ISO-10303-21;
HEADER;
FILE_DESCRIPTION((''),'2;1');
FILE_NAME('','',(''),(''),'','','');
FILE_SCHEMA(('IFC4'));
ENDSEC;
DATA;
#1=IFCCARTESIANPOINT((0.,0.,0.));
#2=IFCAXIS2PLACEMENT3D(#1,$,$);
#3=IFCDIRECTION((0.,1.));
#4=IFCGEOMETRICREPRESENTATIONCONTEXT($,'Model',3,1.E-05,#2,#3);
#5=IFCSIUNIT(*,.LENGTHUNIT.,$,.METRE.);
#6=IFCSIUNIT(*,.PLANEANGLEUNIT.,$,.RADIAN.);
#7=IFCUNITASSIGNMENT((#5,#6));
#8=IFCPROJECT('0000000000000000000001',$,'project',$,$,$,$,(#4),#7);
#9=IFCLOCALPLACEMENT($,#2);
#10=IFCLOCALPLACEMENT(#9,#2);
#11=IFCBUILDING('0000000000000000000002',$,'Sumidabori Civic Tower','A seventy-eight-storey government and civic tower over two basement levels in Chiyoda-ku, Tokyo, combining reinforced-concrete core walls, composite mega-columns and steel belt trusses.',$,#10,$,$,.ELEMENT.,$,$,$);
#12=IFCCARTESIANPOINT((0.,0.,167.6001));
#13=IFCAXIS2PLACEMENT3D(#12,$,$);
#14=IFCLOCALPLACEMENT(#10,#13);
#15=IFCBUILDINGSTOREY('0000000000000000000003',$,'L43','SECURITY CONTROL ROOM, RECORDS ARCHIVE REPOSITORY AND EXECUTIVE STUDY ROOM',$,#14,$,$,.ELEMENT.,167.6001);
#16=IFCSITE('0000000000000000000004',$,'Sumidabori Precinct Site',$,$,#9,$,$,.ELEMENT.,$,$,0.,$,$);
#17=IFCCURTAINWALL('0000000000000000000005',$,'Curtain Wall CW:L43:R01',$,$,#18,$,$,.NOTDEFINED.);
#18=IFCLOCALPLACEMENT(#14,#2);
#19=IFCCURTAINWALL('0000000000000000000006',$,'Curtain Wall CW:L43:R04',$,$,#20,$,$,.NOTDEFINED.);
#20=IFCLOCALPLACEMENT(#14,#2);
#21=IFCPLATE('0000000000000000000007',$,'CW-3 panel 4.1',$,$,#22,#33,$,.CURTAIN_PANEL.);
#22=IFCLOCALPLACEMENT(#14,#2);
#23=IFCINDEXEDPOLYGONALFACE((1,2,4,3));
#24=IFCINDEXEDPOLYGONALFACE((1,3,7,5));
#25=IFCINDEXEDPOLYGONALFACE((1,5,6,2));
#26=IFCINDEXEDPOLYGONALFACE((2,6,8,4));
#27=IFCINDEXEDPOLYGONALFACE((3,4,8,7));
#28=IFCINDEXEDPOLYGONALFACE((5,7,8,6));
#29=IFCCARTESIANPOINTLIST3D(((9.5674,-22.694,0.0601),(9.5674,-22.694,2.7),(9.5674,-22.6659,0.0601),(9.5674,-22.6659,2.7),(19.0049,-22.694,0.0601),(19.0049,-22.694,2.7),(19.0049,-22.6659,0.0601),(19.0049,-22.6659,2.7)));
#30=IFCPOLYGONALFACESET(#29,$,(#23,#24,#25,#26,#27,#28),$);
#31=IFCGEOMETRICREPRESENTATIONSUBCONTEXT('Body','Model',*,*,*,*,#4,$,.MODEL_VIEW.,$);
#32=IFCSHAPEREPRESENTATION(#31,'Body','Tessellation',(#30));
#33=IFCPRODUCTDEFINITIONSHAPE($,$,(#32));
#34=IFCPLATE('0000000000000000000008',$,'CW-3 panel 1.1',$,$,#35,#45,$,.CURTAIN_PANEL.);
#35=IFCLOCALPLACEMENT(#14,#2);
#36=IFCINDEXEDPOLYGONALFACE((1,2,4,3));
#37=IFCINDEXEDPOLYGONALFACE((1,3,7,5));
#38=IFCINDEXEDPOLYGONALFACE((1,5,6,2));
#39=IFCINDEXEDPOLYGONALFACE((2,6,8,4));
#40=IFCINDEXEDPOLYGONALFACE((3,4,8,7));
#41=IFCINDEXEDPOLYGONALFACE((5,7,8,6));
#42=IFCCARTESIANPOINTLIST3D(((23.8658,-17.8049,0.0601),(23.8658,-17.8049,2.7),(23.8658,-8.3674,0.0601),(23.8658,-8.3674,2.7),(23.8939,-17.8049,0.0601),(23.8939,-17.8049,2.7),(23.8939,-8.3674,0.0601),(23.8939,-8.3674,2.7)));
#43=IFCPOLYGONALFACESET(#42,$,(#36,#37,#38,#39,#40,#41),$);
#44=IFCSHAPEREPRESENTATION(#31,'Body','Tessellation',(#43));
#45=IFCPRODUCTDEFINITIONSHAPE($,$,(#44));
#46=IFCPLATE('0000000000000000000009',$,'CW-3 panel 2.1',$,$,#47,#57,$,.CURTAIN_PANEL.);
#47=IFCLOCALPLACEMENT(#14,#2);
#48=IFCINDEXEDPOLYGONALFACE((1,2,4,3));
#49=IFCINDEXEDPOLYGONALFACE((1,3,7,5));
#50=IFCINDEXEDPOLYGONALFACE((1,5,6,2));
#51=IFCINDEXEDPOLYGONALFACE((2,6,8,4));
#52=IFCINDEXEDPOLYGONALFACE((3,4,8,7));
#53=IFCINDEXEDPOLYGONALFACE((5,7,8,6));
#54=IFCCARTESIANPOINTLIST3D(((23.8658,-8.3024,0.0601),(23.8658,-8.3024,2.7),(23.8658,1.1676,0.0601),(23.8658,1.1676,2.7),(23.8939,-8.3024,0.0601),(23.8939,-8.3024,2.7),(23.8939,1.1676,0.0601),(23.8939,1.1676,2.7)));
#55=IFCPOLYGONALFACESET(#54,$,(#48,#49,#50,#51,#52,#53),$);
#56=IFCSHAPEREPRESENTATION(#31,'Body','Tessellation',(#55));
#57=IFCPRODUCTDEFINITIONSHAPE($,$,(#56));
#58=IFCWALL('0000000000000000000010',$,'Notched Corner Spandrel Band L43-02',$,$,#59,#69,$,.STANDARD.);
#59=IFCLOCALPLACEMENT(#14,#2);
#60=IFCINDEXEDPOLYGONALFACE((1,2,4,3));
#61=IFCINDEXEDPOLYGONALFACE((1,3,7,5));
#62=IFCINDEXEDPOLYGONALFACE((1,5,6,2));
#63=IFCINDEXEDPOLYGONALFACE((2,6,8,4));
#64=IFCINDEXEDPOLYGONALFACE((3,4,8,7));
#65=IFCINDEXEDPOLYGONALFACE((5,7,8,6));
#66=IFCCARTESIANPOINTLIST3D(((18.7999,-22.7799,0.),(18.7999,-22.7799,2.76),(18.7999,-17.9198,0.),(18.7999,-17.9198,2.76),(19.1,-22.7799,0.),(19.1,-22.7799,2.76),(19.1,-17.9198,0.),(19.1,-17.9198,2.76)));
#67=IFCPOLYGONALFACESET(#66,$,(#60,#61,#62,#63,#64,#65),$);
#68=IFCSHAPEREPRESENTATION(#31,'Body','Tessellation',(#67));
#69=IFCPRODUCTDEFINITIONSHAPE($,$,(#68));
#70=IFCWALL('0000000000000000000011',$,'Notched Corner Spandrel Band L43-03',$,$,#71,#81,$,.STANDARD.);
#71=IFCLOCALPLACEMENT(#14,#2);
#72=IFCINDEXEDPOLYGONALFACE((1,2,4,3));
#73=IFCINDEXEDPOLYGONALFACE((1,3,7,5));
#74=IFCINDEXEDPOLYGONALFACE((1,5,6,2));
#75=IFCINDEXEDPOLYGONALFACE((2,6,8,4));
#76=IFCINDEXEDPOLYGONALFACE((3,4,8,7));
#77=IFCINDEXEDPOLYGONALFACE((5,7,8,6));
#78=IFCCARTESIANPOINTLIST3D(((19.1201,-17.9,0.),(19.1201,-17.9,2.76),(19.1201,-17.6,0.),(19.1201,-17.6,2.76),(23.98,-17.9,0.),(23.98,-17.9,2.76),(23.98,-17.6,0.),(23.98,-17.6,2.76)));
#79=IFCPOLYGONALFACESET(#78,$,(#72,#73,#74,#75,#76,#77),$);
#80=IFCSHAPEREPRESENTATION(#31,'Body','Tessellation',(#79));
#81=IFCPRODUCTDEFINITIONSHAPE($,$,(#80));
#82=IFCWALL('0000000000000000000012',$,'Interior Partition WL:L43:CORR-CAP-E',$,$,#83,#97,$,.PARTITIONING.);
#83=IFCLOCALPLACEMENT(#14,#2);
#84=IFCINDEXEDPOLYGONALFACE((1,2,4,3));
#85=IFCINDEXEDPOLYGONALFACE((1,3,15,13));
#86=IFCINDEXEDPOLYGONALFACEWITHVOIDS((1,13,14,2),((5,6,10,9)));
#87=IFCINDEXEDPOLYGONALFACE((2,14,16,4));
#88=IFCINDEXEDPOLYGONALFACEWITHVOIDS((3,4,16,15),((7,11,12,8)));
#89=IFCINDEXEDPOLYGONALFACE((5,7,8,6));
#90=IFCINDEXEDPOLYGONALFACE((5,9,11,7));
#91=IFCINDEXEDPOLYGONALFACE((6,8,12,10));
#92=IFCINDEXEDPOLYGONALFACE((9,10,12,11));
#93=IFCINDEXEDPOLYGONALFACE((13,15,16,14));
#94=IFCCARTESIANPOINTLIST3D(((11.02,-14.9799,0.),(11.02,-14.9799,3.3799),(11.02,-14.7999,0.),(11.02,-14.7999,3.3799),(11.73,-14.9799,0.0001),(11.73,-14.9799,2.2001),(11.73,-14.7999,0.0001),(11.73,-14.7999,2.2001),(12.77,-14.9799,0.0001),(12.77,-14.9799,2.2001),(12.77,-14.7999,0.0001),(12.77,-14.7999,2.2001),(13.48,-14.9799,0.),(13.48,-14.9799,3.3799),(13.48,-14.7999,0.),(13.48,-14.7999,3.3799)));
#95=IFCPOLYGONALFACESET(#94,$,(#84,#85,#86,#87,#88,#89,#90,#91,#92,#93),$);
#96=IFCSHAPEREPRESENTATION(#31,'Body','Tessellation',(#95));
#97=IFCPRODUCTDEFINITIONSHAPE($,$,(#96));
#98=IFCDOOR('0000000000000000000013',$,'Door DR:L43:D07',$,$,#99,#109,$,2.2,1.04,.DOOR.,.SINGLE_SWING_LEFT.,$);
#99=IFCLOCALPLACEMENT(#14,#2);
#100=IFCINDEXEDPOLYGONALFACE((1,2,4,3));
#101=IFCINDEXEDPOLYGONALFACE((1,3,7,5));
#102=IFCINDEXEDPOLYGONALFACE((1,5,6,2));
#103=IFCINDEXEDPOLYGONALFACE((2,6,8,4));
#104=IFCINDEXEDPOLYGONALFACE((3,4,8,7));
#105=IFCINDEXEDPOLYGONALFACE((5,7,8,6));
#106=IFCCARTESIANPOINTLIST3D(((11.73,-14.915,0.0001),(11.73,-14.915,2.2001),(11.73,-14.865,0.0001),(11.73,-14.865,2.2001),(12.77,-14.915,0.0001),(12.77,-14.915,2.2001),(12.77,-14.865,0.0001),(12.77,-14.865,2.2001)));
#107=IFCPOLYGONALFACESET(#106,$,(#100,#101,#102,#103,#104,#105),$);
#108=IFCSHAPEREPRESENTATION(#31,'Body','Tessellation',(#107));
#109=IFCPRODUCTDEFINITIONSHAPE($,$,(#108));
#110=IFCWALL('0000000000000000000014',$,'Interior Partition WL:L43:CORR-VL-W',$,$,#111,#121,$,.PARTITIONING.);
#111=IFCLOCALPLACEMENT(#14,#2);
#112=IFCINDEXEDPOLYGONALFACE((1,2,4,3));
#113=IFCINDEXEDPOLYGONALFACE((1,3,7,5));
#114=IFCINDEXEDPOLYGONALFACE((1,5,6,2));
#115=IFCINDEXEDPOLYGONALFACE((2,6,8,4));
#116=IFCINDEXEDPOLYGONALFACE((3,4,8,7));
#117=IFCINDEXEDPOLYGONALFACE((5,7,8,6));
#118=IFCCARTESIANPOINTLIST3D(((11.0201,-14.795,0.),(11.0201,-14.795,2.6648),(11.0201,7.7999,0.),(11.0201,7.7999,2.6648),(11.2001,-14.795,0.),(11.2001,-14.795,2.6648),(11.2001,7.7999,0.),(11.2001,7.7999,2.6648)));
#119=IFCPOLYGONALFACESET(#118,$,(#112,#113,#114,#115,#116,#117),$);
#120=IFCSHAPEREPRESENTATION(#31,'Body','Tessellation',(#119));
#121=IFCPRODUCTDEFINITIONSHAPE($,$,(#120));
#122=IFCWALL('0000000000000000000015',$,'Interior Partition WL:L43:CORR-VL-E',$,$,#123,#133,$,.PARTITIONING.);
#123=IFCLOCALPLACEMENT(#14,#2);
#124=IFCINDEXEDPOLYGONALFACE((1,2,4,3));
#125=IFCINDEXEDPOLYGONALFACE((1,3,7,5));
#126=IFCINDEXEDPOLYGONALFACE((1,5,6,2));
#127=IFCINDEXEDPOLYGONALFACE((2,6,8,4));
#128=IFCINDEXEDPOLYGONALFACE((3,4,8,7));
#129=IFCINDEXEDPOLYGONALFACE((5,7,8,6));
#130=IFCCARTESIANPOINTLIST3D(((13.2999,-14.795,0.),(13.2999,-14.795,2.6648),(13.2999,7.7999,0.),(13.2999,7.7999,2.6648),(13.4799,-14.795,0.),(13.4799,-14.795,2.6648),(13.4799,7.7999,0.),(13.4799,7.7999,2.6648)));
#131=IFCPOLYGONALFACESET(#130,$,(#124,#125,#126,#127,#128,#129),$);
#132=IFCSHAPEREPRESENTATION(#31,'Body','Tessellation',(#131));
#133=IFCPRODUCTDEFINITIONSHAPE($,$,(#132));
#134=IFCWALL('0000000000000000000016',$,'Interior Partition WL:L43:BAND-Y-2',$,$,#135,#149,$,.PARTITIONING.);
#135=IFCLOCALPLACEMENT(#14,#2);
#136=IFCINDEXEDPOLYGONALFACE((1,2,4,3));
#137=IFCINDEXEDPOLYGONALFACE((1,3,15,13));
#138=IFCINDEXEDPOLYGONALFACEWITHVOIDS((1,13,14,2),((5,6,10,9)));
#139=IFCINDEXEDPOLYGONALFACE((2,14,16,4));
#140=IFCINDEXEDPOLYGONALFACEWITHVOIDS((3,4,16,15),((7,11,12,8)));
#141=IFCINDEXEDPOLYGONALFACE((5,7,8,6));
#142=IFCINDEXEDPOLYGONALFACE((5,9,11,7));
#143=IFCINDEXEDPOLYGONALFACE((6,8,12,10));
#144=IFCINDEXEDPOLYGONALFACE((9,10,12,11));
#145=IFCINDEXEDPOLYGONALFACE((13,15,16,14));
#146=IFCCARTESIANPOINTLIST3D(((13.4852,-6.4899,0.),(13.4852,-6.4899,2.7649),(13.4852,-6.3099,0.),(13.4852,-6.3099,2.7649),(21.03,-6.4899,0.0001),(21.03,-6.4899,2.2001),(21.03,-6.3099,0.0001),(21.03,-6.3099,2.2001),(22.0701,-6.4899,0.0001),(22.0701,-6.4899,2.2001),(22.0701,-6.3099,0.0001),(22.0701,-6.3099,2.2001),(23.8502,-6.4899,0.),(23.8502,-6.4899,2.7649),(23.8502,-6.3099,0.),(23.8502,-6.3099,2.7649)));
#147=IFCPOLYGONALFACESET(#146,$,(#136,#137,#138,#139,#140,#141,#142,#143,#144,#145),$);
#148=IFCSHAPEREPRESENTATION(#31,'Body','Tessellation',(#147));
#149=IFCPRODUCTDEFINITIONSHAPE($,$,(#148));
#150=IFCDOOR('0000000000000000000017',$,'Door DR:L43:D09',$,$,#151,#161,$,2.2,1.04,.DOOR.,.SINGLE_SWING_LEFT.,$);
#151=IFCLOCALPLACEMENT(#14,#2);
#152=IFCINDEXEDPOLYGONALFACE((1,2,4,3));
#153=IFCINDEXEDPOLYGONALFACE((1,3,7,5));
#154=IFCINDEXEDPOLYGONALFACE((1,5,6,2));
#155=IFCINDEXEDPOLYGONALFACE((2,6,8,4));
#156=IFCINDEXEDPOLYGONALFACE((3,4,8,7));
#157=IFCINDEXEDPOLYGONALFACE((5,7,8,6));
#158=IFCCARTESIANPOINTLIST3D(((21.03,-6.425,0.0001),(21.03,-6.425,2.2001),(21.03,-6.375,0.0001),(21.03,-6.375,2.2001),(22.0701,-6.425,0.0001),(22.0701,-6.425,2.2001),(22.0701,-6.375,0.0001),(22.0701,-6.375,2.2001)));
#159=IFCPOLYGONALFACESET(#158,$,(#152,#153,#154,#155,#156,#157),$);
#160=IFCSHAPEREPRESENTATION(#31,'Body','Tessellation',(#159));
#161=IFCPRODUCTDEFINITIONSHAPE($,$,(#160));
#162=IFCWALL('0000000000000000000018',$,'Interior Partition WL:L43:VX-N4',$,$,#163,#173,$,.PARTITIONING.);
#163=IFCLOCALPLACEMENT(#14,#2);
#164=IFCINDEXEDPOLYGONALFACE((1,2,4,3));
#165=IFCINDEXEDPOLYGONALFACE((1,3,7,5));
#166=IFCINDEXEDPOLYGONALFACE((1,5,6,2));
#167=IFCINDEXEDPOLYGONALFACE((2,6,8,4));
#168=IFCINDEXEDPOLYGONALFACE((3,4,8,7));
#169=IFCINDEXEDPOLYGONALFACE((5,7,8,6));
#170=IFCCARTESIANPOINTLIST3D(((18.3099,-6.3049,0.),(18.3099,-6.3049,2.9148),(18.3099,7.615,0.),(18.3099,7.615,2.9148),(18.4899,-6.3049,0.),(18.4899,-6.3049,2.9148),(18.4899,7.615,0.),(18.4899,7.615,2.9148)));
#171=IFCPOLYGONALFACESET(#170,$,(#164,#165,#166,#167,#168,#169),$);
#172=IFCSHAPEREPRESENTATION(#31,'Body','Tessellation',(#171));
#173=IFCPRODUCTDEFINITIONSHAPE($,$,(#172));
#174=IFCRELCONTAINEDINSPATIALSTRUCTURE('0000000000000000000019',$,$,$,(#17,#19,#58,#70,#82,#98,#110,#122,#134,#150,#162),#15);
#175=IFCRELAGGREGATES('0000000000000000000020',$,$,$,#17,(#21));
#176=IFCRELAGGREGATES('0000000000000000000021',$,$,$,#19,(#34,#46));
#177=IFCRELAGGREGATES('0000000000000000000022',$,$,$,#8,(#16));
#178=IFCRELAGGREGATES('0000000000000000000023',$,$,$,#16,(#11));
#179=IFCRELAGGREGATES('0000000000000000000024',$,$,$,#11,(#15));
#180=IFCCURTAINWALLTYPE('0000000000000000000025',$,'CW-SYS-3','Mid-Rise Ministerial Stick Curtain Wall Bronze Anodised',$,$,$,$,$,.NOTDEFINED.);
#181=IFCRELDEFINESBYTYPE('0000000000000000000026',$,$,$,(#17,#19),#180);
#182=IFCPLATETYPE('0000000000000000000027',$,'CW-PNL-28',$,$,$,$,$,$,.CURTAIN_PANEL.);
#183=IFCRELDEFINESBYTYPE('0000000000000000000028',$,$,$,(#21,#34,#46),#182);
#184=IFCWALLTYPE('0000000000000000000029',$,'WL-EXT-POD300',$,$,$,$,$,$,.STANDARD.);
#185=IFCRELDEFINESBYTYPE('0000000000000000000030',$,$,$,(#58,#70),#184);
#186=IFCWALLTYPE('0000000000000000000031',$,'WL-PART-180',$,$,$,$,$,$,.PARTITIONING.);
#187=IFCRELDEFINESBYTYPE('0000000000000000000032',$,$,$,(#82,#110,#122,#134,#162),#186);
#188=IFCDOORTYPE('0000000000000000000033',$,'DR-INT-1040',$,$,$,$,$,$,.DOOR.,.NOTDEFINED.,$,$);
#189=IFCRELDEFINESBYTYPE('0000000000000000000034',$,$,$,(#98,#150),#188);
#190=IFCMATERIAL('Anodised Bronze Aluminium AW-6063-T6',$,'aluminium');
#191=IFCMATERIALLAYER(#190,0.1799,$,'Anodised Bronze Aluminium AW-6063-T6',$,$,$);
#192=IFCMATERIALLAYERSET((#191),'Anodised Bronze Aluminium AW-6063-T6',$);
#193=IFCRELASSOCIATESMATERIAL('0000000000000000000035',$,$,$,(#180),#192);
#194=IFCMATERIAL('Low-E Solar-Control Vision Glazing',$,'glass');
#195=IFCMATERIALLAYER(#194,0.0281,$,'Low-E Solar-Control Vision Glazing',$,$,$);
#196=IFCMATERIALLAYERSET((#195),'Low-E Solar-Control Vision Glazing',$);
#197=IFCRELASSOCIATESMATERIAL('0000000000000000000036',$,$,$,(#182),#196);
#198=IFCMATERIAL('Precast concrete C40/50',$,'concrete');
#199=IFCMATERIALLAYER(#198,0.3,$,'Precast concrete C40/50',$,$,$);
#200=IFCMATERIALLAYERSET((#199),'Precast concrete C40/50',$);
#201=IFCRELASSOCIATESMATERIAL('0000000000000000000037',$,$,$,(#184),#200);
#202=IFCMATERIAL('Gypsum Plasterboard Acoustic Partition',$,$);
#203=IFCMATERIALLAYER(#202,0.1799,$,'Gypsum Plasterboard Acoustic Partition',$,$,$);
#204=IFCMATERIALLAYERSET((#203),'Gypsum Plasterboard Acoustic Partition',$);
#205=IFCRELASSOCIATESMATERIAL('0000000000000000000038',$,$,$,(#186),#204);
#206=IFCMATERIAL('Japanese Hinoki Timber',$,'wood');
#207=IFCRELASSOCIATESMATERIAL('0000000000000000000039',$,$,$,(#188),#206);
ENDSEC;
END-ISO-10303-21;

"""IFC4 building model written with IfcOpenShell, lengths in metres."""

from ifc_helpers import new_model, si_unit, direction, frame, frame_2d, origin, origin_2d, place, context, subcontext, project, spatial, rectangle, extrude, source, transform, mapped, material, layer, layer_set, type_object, element, fill, aggregate, save


model = new_model("IFC4")

# Units and contexts
model_context = context("Model", 3, precision=1e-05, world=origin(), true_north=direction((0.0, 1.0)))
body_context = subcontext(model_context, "Body", "Model", "MODEL_VIEW")
ifc_project = project(units=[si_unit("LENGTHUNIT", "METRE"), si_unit("PLANEANGLEUNIT", "RADIAN")], contexts=[model_context])

# Site, building, storey
site_placement = place(None, origin())
site = spatial("IfcSite", under=ifc_project, at=site_placement, Name="Sumidabori Precinct Site", CompositionType="ELEMENT", RefElevation=0.0)
building_placement = place(site_placement, origin())
building = spatial("IfcBuilding", under=site, at=building_placement, Name="Sumidabori Civic Tower", Description="A seventy-eight-storey government and civic tower over two basement levels in Chiyoda-ku, Tokyo, combining reinforced-concrete core walls, composite mega-columns and steel belt trusses.", CompositionType="ELEMENT")
storey_placement = place(building_placement, frame((0.0, 0.0, 167.6001)))
storey = spatial("IfcBuildingStorey", under=building, at=storey_placement, Name="L43", Description="SECURITY CONTROL ROOM, RECORDS ARCHIVE REPOSITORY AND EXECUTIVE STUDY ROOM", CompositionType="ELEMENT", Elevation=167.6001)

# Curtain walls
ifc_material_1 = material(Name="Anodised Bronze Aluminium AW-6063-T6", Category="aluminium")
ifc_layer_1 = layer(ifc_material_1, 0.1799, Name="Anodised Bronze Aluminium AW-6063-T6")
ifc_layer_set_1 = layer_set([ifc_layer_1], Name="Anodised Bronze Aluminium AW-6063-T6")
curtain_wall_type = type_object("IfcCurtainWallType", Name="CW-SYS-3", Description="Mid-Rise Ministerial Stick Curtain Wall Bronze Anodised", PredefinedType="NOTDEFINED", material=ifc_layer_set_1)
curtain_wall_1_placement = place(storey_placement, origin())
curtain_wall_1 = element("IfcCurtainWall", 1, at=curtain_wall_1_placement, inside=storey, type_object=curtain_wall_type, Name="Curtain Wall CW:L43:R01", PredefinedType="NOTDEFINED")
curtain_wall_2_placement = place(storey_placement, origin())
curtain_wall_2 = element("IfcCurtainWall", 2, at=curtain_wall_2_placement, inside=storey, type_object=curtain_wall_type, Name="Curtain Wall CW:L43:R04", PredefinedType="NOTDEFINED")

# Plates
ifc_material_2 = material(Name="Low-E Solar-Control Vision Glazing", Category="glass")
ifc_layer_2 = layer(ifc_material_2, 0.0281, Name="Low-E Solar-Control Vision Glazing")
ifc_layer_set_2 = layer_set([ifc_layer_2], Name="Low-E Solar-Control Vision Glazing")
plate_type = type_object("IfcPlateType", Name="CW-PNL-28", PredefinedType="CURTAIN_PANEL", material=ifc_layer_set_2)
shared_shape_1 = source(origin(), body_context, "Body", "SweptSolid", [
    extrude(rectangle(XDim=9.4375, YDim=0.0281, at=origin_2d()), origin(), (0.0, 0.0, 1.0), 2.6399),
])
plate_1_placement = place(storey_placement, frame((14.2861, -22.6799, 0.0601), z_axis=(0.0, 0.0, 1.0), x_axis=(1.0, 0.0, 0.0)))
plate_1 = element("IfcPlate", 3, at=plate_1_placement, type_object=plate_type, Name="CW-3 panel 4.1", PredefinedType="CURTAIN_PANEL", context=body_context, shape_type="MappedRepresentation", body=[
    mapped(shared_shape_1, transform((0.0, 0.0, 0.0), x_axis=(1.0, 0.0, 0.0), y_axis=(0.0, 1.0, 0.0), z_axis=(0.0, 0.0, 1.0), scale=1.0)),
])
aggregate(curtain_wall_1, [plate_1])
plate_2_placement = place(storey_placement, frame((23.8799, -13.0862, 0.0601), z_axis=(0.0, 0.0, 1.0), x_axis=(0.0, 1.0, 0.0)))
plate_2 = element("IfcPlate", 4, at=plate_2_placement, type_object=plate_type, Name="CW-3 panel 1.1", PredefinedType="CURTAIN_PANEL", context=body_context, shape_type="MappedRepresentation", body=[
    mapped(shared_shape_1, transform((0.0, 0.0, 0.0), x_axis=(1.0, 0.0, 0.0), y_axis=(0.0, 1.0, 0.0), z_axis=(0.0, 0.0, 1.0), scale=1.0)),
])
shared_shape_2 = source(origin(), body_context, "Body", "SweptSolid", [
    extrude(rectangle(XDim=9.47, YDim=0.0281, at=origin_2d()), origin(), (0.0, 0.0, 1.0), 2.6399),
])
plate_3_placement = place(storey_placement, frame((23.8799, -3.5674, 0.0601), z_axis=(0.0, 0.0, 1.0), x_axis=(0.0, 1.0, 0.0)))
plate_3 = element("IfcPlate", 5, at=plate_3_placement, type_object=plate_type, Name="CW-3 panel 2.1", PredefinedType="CURTAIN_PANEL", context=body_context, shape_type="MappedRepresentation", body=[
    mapped(shared_shape_2, transform((0.0, 0.0, 0.0), x_axis=(1.0, 0.0, 0.0), y_axis=(0.0, 1.0, 0.0), z_axis=(0.0, 0.0, 1.0), scale=1.0)),
])
aggregate(curtain_wall_2, [plate_2, plate_3])

# Walls
ifc_material_3 = material(Name="Precast concrete C40/50", Category="concrete")
ifc_layer_3 = layer(ifc_material_3, 0.3, Name="Precast concrete C40/50")
ifc_layer_set_3 = layer_set([ifc_layer_3], Name="Precast concrete C40/50")
wall_type_1 = type_object("IfcWallType", Name="WL-EXT-POD300", PredefinedType="STANDARD", material=ifc_layer_set_3)
shared_shape_3 = source(origin(), body_context, "Body", "SweptSolid", [
    extrude(rectangle(XDim=4.8601, YDim=0.3, at=frame_2d((2.4302, 0.0))), origin(), (0.0, 0.0, 1.0), 2.76),
])
wall_1_placement = place(storey_placement, frame((18.95, -22.78, 0.0), z_axis=(0.0, 0.0, 1.0), x_axis=(0.0, 1.0, 0.0)))
element("IfcWall", 6, at=wall_1_placement, inside=storey, type_object=wall_type_1, Name="Notched Corner Spandrel Band L43-02", PredefinedType="STANDARD", context=body_context, shape_type="MappedRepresentation", body=[
    mapped(shared_shape_3, transform((0.0, 0.0, 0.0), x_axis=(1.0, 0.0, 0.0), y_axis=(0.0, 1.0, 0.0), z_axis=(0.0, 0.0, 1.0), scale=1.0)),
])
shared_shape_4 = source(origin(), body_context, "Body", "SweptSolid", [
    extrude(rectangle(XDim=4.8599, YDim=0.3, at=frame_2d((2.4299, 0.0))), origin(), (0.0, 0.0, 1.0), 2.76),
])
wall_2_placement = place(storey_placement, frame((19.1201, -17.75, 0.0), z_axis=(0.0, 0.0, 1.0), x_axis=(1.0, 0.0, 0.0)))
element("IfcWall", 7, at=wall_2_placement, inside=storey, type_object=wall_type_1, Name="Notched Corner Spandrel Band L43-03", PredefinedType="STANDARD", context=body_context, shape_type="MappedRepresentation", body=[
    mapped(shared_shape_4, transform((0.0, 0.0, 0.0), x_axis=(1.0, 0.0, 0.0), y_axis=(0.0, 1.0, 0.0), z_axis=(0.0, 0.0, 1.0), scale=1.0)),
])

# Wall, opening, door
ifc_material_4 = material(Name="Gypsum Plasterboard Acoustic Partition")
ifc_layer_4 = layer(ifc_material_4, 0.1799, Name="Gypsum Plasterboard Acoustic Partition")
ifc_layer_set_4 = layer_set([ifc_layer_4], Name="Gypsum Plasterboard Acoustic Partition")
wall_type_2 = type_object("IfcWallType", Name="WL-PART-180", PredefinedType="PARTITIONING", material=ifc_layer_set_4)
shared_shape_5 = source(origin(), body_context, "Body", "SweptSolid", [
    extrude(rectangle(XDim=2.46, YDim=0.1799, at=frame_2d((1.23, 0.0))), origin(), (0.0, 0.0, 1.0), 3.3799),
])
wall_3_placement = place(storey_placement, frame((11.02, -14.8899, 0.0), z_axis=(0.0, 0.0, 1.0), x_axis=(1.0, 0.0, 0.0)))
wall_3 = element("IfcWall", 8, at=wall_3_placement, inside=storey, type_object=wall_type_2, Name="Interior Partition WL:L43:CORR-CAP-E", PredefinedType="PARTITIONING", context=body_context, shape_type="MappedRepresentation", body=[
    mapped(shared_shape_5, transform((0.0, 0.0, 0.0), x_axis=(1.0, 0.0, 0.0), y_axis=(0.0, 1.0, 0.0), z_axis=(0.0, 0.0, 1.0), scale=1.0)),
])
opening_1_placement = place(wall_3_placement, frame((0.71, 0.0, 0.0)))
opening_1 = element("IfcOpeningElement", 9, at=opening_1_placement, cuts=wall_3, PredefinedType="OPENING", context=body_context, shape_type="SweptSolid", body=[
    extrude(rectangle(XDim=1.04, YDim=2.2, at=frame_2d((0.52, 1.1001))), frame((0.0, 0.1021, 0.0), z_axis=(0.0, -1.0, 0.0), x_axis=(1.0, 0.0, 0.0)), (0.0, 0.0, 1.0), 0.2039),
])
ifc_material_5 = material(Name="Japanese Hinoki Timber", Category="wood")
door_type = type_object("IfcDoorType", Name="DR-INT-1040", OperationType="NOTDEFINED", PredefinedType="DOOR", material=ifc_material_5)
shared_shape_6 = source(origin(), body_context, "Body", "SweptSolid", [
    extrude(rectangle(XDim=1.04, YDim=2.2, at=frame_2d((0.52, 1.1001))), frame((0.0, 0.0249, 0.0), z_axis=(0.0, -1.0, 0.0), x_axis=(1.0, 0.0, 0.0)), (0.0, 0.0, 1.0), 0.05),
])
door_1_placement = place(opening_1_placement, origin())
door_1 = element("IfcDoor", 10, at=door_1_placement, inside=storey, type_object=door_type, Name="Door DR:L43:D07", OperationType="SINGLE_SWING_LEFT", OverallHeight=2.2, OverallWidth=1.04, PredefinedType="DOOR", context=body_context, shape_type="MappedRepresentation", body=[
    mapped(shared_shape_6, transform((0.0, 0.0, 0.0), x_axis=(1.0, 0.0, 0.0), y_axis=(0.0, 1.0, 0.0), z_axis=(0.0, 0.0, 1.0), scale=1.0)),
])
fill(opening_1, door_1)

# Walls
shared_shape_7 = source(origin(), body_context, "Body", "SweptSolid", [
    extrude(rectangle(XDim=22.595, YDim=0.1799, at=frame_2d((11.2974, 0.0))), origin(), (0.0, 0.0, 1.0), 2.6648),
])
for number, where, z_axis, x_axis, name in (
    (11, (11.1101, -14.7949, 0.0), (0.0, 0.0, 1.0), (0.0, 1.0, 0.0), "Interior Partition WL:L43:CORR-VL-W"),
    (12, (13.3899, -14.7949, 0.0), (0.0, 0.0, 1.0), (0.0, 1.0, 0.0), "Interior Partition WL:L43:CORR-VL-E"),
):
    element("IfcWall", number, at=place(storey_placement, frame(where, z_axis=z_axis, x_axis=x_axis)), inside=storey, type_object=wall_type_2, Name=name, PredefinedType="PARTITIONING", context=body_context, shape_type="MappedRepresentation", body=[
        mapped(shared_shape_7, transform((0.0, 0.0, 0.0), x_axis=(1.0, 0.0, 0.0), y_axis=(0.0, 1.0, 0.0), z_axis=(0.0, 0.0, 1.0), scale=1.0)),
    ])

# Wall, opening, door
shared_shape_8 = source(origin(), body_context, "Body", "SweptSolid", [
    extrude(rectangle(XDim=10.365, YDim=0.1799, at=frame_2d((5.1826, 0.0))), origin(), (0.0, 0.0, 1.0), 2.7649),
])
wall_4_placement = place(storey_placement, frame((13.4851, -6.3999, 0.0), z_axis=(0.0, 0.0, 1.0), x_axis=(1.0, 0.0, 0.0)))
wall_4 = element("IfcWall", 13, at=wall_4_placement, inside=storey, type_object=wall_type_2, Name="Interior Partition WL:L43:BAND-Y-2", PredefinedType="PARTITIONING", context=body_context, shape_type="MappedRepresentation", body=[
    mapped(shared_shape_8, transform((0.0, 0.0, 0.0), x_axis=(1.0, 0.0, 0.0), y_axis=(0.0, 1.0, 0.0), z_axis=(0.0, 0.0, 1.0), scale=1.0)),
])
opening_2_placement = place(wall_4_placement, frame((7.5449, 0.0, 0.0)))
opening_2 = element("IfcOpeningElement", 14, at=opening_2_placement, cuts=wall_4, PredefinedType="OPENING", context=body_context, shape_type="SweptSolid", body=[
    extrude(rectangle(XDim=1.04, YDim=2.2, at=frame_2d((0.52, 1.1001))), frame((0.0, 0.1021, 0.0), z_axis=(0.0, -1.0, 0.0), x_axis=(1.0, 0.0, 0.0)), (0.0, 0.0, 1.0), 0.2039),
])
door_2_placement = place(opening_2_placement, origin())
door_2 = element("IfcDoor", 15, at=door_2_placement, inside=storey, type_object=door_type, Name="Door DR:L43:D09", OperationType="SINGLE_SWING_LEFT", OverallHeight=2.2, OverallWidth=1.04, PredefinedType="DOOR", context=body_context, shape_type="MappedRepresentation", body=[
    mapped(shared_shape_6, transform((0.0, 0.0, 0.0), x_axis=(1.0, 0.0, 0.0), y_axis=(0.0, 1.0, 0.0), z_axis=(0.0, 0.0, 1.0), scale=1.0)),
])
fill(opening_2, door_2)

# Wall
shared_shape_9 = source(origin(), body_context, "Body", "SweptSolid", [
    extrude(rectangle(XDim=13.9199, YDim=0.1799, at=frame_2d((6.96, 0.0))), origin(), (0.0, 0.0, 1.0), 2.9148),
])
wall_5_placement = place(storey_placement, frame((18.3999, -6.3049, 0.0), z_axis=(0.0, 0.0, 1.0), x_axis=(0.0, 1.0, 0.0)))
element("IfcWall", 16, at=wall_5_placement, inside=storey, type_object=wall_type_2, Name="Interior Partition WL:L43:VX-N4", PredefinedType="PARTITIONING", context=body_context, shape_type="MappedRepresentation", body=[
    mapped(shared_shape_9, transform((0.0, 0.0, 0.0), x_axis=(1.0, 0.0, 0.0), y_axis=(0.0, 1.0, 0.0), z_axis=(0.0, 0.0, 1.0), scale=1.0)),
])

save(model, "model.ifc")
